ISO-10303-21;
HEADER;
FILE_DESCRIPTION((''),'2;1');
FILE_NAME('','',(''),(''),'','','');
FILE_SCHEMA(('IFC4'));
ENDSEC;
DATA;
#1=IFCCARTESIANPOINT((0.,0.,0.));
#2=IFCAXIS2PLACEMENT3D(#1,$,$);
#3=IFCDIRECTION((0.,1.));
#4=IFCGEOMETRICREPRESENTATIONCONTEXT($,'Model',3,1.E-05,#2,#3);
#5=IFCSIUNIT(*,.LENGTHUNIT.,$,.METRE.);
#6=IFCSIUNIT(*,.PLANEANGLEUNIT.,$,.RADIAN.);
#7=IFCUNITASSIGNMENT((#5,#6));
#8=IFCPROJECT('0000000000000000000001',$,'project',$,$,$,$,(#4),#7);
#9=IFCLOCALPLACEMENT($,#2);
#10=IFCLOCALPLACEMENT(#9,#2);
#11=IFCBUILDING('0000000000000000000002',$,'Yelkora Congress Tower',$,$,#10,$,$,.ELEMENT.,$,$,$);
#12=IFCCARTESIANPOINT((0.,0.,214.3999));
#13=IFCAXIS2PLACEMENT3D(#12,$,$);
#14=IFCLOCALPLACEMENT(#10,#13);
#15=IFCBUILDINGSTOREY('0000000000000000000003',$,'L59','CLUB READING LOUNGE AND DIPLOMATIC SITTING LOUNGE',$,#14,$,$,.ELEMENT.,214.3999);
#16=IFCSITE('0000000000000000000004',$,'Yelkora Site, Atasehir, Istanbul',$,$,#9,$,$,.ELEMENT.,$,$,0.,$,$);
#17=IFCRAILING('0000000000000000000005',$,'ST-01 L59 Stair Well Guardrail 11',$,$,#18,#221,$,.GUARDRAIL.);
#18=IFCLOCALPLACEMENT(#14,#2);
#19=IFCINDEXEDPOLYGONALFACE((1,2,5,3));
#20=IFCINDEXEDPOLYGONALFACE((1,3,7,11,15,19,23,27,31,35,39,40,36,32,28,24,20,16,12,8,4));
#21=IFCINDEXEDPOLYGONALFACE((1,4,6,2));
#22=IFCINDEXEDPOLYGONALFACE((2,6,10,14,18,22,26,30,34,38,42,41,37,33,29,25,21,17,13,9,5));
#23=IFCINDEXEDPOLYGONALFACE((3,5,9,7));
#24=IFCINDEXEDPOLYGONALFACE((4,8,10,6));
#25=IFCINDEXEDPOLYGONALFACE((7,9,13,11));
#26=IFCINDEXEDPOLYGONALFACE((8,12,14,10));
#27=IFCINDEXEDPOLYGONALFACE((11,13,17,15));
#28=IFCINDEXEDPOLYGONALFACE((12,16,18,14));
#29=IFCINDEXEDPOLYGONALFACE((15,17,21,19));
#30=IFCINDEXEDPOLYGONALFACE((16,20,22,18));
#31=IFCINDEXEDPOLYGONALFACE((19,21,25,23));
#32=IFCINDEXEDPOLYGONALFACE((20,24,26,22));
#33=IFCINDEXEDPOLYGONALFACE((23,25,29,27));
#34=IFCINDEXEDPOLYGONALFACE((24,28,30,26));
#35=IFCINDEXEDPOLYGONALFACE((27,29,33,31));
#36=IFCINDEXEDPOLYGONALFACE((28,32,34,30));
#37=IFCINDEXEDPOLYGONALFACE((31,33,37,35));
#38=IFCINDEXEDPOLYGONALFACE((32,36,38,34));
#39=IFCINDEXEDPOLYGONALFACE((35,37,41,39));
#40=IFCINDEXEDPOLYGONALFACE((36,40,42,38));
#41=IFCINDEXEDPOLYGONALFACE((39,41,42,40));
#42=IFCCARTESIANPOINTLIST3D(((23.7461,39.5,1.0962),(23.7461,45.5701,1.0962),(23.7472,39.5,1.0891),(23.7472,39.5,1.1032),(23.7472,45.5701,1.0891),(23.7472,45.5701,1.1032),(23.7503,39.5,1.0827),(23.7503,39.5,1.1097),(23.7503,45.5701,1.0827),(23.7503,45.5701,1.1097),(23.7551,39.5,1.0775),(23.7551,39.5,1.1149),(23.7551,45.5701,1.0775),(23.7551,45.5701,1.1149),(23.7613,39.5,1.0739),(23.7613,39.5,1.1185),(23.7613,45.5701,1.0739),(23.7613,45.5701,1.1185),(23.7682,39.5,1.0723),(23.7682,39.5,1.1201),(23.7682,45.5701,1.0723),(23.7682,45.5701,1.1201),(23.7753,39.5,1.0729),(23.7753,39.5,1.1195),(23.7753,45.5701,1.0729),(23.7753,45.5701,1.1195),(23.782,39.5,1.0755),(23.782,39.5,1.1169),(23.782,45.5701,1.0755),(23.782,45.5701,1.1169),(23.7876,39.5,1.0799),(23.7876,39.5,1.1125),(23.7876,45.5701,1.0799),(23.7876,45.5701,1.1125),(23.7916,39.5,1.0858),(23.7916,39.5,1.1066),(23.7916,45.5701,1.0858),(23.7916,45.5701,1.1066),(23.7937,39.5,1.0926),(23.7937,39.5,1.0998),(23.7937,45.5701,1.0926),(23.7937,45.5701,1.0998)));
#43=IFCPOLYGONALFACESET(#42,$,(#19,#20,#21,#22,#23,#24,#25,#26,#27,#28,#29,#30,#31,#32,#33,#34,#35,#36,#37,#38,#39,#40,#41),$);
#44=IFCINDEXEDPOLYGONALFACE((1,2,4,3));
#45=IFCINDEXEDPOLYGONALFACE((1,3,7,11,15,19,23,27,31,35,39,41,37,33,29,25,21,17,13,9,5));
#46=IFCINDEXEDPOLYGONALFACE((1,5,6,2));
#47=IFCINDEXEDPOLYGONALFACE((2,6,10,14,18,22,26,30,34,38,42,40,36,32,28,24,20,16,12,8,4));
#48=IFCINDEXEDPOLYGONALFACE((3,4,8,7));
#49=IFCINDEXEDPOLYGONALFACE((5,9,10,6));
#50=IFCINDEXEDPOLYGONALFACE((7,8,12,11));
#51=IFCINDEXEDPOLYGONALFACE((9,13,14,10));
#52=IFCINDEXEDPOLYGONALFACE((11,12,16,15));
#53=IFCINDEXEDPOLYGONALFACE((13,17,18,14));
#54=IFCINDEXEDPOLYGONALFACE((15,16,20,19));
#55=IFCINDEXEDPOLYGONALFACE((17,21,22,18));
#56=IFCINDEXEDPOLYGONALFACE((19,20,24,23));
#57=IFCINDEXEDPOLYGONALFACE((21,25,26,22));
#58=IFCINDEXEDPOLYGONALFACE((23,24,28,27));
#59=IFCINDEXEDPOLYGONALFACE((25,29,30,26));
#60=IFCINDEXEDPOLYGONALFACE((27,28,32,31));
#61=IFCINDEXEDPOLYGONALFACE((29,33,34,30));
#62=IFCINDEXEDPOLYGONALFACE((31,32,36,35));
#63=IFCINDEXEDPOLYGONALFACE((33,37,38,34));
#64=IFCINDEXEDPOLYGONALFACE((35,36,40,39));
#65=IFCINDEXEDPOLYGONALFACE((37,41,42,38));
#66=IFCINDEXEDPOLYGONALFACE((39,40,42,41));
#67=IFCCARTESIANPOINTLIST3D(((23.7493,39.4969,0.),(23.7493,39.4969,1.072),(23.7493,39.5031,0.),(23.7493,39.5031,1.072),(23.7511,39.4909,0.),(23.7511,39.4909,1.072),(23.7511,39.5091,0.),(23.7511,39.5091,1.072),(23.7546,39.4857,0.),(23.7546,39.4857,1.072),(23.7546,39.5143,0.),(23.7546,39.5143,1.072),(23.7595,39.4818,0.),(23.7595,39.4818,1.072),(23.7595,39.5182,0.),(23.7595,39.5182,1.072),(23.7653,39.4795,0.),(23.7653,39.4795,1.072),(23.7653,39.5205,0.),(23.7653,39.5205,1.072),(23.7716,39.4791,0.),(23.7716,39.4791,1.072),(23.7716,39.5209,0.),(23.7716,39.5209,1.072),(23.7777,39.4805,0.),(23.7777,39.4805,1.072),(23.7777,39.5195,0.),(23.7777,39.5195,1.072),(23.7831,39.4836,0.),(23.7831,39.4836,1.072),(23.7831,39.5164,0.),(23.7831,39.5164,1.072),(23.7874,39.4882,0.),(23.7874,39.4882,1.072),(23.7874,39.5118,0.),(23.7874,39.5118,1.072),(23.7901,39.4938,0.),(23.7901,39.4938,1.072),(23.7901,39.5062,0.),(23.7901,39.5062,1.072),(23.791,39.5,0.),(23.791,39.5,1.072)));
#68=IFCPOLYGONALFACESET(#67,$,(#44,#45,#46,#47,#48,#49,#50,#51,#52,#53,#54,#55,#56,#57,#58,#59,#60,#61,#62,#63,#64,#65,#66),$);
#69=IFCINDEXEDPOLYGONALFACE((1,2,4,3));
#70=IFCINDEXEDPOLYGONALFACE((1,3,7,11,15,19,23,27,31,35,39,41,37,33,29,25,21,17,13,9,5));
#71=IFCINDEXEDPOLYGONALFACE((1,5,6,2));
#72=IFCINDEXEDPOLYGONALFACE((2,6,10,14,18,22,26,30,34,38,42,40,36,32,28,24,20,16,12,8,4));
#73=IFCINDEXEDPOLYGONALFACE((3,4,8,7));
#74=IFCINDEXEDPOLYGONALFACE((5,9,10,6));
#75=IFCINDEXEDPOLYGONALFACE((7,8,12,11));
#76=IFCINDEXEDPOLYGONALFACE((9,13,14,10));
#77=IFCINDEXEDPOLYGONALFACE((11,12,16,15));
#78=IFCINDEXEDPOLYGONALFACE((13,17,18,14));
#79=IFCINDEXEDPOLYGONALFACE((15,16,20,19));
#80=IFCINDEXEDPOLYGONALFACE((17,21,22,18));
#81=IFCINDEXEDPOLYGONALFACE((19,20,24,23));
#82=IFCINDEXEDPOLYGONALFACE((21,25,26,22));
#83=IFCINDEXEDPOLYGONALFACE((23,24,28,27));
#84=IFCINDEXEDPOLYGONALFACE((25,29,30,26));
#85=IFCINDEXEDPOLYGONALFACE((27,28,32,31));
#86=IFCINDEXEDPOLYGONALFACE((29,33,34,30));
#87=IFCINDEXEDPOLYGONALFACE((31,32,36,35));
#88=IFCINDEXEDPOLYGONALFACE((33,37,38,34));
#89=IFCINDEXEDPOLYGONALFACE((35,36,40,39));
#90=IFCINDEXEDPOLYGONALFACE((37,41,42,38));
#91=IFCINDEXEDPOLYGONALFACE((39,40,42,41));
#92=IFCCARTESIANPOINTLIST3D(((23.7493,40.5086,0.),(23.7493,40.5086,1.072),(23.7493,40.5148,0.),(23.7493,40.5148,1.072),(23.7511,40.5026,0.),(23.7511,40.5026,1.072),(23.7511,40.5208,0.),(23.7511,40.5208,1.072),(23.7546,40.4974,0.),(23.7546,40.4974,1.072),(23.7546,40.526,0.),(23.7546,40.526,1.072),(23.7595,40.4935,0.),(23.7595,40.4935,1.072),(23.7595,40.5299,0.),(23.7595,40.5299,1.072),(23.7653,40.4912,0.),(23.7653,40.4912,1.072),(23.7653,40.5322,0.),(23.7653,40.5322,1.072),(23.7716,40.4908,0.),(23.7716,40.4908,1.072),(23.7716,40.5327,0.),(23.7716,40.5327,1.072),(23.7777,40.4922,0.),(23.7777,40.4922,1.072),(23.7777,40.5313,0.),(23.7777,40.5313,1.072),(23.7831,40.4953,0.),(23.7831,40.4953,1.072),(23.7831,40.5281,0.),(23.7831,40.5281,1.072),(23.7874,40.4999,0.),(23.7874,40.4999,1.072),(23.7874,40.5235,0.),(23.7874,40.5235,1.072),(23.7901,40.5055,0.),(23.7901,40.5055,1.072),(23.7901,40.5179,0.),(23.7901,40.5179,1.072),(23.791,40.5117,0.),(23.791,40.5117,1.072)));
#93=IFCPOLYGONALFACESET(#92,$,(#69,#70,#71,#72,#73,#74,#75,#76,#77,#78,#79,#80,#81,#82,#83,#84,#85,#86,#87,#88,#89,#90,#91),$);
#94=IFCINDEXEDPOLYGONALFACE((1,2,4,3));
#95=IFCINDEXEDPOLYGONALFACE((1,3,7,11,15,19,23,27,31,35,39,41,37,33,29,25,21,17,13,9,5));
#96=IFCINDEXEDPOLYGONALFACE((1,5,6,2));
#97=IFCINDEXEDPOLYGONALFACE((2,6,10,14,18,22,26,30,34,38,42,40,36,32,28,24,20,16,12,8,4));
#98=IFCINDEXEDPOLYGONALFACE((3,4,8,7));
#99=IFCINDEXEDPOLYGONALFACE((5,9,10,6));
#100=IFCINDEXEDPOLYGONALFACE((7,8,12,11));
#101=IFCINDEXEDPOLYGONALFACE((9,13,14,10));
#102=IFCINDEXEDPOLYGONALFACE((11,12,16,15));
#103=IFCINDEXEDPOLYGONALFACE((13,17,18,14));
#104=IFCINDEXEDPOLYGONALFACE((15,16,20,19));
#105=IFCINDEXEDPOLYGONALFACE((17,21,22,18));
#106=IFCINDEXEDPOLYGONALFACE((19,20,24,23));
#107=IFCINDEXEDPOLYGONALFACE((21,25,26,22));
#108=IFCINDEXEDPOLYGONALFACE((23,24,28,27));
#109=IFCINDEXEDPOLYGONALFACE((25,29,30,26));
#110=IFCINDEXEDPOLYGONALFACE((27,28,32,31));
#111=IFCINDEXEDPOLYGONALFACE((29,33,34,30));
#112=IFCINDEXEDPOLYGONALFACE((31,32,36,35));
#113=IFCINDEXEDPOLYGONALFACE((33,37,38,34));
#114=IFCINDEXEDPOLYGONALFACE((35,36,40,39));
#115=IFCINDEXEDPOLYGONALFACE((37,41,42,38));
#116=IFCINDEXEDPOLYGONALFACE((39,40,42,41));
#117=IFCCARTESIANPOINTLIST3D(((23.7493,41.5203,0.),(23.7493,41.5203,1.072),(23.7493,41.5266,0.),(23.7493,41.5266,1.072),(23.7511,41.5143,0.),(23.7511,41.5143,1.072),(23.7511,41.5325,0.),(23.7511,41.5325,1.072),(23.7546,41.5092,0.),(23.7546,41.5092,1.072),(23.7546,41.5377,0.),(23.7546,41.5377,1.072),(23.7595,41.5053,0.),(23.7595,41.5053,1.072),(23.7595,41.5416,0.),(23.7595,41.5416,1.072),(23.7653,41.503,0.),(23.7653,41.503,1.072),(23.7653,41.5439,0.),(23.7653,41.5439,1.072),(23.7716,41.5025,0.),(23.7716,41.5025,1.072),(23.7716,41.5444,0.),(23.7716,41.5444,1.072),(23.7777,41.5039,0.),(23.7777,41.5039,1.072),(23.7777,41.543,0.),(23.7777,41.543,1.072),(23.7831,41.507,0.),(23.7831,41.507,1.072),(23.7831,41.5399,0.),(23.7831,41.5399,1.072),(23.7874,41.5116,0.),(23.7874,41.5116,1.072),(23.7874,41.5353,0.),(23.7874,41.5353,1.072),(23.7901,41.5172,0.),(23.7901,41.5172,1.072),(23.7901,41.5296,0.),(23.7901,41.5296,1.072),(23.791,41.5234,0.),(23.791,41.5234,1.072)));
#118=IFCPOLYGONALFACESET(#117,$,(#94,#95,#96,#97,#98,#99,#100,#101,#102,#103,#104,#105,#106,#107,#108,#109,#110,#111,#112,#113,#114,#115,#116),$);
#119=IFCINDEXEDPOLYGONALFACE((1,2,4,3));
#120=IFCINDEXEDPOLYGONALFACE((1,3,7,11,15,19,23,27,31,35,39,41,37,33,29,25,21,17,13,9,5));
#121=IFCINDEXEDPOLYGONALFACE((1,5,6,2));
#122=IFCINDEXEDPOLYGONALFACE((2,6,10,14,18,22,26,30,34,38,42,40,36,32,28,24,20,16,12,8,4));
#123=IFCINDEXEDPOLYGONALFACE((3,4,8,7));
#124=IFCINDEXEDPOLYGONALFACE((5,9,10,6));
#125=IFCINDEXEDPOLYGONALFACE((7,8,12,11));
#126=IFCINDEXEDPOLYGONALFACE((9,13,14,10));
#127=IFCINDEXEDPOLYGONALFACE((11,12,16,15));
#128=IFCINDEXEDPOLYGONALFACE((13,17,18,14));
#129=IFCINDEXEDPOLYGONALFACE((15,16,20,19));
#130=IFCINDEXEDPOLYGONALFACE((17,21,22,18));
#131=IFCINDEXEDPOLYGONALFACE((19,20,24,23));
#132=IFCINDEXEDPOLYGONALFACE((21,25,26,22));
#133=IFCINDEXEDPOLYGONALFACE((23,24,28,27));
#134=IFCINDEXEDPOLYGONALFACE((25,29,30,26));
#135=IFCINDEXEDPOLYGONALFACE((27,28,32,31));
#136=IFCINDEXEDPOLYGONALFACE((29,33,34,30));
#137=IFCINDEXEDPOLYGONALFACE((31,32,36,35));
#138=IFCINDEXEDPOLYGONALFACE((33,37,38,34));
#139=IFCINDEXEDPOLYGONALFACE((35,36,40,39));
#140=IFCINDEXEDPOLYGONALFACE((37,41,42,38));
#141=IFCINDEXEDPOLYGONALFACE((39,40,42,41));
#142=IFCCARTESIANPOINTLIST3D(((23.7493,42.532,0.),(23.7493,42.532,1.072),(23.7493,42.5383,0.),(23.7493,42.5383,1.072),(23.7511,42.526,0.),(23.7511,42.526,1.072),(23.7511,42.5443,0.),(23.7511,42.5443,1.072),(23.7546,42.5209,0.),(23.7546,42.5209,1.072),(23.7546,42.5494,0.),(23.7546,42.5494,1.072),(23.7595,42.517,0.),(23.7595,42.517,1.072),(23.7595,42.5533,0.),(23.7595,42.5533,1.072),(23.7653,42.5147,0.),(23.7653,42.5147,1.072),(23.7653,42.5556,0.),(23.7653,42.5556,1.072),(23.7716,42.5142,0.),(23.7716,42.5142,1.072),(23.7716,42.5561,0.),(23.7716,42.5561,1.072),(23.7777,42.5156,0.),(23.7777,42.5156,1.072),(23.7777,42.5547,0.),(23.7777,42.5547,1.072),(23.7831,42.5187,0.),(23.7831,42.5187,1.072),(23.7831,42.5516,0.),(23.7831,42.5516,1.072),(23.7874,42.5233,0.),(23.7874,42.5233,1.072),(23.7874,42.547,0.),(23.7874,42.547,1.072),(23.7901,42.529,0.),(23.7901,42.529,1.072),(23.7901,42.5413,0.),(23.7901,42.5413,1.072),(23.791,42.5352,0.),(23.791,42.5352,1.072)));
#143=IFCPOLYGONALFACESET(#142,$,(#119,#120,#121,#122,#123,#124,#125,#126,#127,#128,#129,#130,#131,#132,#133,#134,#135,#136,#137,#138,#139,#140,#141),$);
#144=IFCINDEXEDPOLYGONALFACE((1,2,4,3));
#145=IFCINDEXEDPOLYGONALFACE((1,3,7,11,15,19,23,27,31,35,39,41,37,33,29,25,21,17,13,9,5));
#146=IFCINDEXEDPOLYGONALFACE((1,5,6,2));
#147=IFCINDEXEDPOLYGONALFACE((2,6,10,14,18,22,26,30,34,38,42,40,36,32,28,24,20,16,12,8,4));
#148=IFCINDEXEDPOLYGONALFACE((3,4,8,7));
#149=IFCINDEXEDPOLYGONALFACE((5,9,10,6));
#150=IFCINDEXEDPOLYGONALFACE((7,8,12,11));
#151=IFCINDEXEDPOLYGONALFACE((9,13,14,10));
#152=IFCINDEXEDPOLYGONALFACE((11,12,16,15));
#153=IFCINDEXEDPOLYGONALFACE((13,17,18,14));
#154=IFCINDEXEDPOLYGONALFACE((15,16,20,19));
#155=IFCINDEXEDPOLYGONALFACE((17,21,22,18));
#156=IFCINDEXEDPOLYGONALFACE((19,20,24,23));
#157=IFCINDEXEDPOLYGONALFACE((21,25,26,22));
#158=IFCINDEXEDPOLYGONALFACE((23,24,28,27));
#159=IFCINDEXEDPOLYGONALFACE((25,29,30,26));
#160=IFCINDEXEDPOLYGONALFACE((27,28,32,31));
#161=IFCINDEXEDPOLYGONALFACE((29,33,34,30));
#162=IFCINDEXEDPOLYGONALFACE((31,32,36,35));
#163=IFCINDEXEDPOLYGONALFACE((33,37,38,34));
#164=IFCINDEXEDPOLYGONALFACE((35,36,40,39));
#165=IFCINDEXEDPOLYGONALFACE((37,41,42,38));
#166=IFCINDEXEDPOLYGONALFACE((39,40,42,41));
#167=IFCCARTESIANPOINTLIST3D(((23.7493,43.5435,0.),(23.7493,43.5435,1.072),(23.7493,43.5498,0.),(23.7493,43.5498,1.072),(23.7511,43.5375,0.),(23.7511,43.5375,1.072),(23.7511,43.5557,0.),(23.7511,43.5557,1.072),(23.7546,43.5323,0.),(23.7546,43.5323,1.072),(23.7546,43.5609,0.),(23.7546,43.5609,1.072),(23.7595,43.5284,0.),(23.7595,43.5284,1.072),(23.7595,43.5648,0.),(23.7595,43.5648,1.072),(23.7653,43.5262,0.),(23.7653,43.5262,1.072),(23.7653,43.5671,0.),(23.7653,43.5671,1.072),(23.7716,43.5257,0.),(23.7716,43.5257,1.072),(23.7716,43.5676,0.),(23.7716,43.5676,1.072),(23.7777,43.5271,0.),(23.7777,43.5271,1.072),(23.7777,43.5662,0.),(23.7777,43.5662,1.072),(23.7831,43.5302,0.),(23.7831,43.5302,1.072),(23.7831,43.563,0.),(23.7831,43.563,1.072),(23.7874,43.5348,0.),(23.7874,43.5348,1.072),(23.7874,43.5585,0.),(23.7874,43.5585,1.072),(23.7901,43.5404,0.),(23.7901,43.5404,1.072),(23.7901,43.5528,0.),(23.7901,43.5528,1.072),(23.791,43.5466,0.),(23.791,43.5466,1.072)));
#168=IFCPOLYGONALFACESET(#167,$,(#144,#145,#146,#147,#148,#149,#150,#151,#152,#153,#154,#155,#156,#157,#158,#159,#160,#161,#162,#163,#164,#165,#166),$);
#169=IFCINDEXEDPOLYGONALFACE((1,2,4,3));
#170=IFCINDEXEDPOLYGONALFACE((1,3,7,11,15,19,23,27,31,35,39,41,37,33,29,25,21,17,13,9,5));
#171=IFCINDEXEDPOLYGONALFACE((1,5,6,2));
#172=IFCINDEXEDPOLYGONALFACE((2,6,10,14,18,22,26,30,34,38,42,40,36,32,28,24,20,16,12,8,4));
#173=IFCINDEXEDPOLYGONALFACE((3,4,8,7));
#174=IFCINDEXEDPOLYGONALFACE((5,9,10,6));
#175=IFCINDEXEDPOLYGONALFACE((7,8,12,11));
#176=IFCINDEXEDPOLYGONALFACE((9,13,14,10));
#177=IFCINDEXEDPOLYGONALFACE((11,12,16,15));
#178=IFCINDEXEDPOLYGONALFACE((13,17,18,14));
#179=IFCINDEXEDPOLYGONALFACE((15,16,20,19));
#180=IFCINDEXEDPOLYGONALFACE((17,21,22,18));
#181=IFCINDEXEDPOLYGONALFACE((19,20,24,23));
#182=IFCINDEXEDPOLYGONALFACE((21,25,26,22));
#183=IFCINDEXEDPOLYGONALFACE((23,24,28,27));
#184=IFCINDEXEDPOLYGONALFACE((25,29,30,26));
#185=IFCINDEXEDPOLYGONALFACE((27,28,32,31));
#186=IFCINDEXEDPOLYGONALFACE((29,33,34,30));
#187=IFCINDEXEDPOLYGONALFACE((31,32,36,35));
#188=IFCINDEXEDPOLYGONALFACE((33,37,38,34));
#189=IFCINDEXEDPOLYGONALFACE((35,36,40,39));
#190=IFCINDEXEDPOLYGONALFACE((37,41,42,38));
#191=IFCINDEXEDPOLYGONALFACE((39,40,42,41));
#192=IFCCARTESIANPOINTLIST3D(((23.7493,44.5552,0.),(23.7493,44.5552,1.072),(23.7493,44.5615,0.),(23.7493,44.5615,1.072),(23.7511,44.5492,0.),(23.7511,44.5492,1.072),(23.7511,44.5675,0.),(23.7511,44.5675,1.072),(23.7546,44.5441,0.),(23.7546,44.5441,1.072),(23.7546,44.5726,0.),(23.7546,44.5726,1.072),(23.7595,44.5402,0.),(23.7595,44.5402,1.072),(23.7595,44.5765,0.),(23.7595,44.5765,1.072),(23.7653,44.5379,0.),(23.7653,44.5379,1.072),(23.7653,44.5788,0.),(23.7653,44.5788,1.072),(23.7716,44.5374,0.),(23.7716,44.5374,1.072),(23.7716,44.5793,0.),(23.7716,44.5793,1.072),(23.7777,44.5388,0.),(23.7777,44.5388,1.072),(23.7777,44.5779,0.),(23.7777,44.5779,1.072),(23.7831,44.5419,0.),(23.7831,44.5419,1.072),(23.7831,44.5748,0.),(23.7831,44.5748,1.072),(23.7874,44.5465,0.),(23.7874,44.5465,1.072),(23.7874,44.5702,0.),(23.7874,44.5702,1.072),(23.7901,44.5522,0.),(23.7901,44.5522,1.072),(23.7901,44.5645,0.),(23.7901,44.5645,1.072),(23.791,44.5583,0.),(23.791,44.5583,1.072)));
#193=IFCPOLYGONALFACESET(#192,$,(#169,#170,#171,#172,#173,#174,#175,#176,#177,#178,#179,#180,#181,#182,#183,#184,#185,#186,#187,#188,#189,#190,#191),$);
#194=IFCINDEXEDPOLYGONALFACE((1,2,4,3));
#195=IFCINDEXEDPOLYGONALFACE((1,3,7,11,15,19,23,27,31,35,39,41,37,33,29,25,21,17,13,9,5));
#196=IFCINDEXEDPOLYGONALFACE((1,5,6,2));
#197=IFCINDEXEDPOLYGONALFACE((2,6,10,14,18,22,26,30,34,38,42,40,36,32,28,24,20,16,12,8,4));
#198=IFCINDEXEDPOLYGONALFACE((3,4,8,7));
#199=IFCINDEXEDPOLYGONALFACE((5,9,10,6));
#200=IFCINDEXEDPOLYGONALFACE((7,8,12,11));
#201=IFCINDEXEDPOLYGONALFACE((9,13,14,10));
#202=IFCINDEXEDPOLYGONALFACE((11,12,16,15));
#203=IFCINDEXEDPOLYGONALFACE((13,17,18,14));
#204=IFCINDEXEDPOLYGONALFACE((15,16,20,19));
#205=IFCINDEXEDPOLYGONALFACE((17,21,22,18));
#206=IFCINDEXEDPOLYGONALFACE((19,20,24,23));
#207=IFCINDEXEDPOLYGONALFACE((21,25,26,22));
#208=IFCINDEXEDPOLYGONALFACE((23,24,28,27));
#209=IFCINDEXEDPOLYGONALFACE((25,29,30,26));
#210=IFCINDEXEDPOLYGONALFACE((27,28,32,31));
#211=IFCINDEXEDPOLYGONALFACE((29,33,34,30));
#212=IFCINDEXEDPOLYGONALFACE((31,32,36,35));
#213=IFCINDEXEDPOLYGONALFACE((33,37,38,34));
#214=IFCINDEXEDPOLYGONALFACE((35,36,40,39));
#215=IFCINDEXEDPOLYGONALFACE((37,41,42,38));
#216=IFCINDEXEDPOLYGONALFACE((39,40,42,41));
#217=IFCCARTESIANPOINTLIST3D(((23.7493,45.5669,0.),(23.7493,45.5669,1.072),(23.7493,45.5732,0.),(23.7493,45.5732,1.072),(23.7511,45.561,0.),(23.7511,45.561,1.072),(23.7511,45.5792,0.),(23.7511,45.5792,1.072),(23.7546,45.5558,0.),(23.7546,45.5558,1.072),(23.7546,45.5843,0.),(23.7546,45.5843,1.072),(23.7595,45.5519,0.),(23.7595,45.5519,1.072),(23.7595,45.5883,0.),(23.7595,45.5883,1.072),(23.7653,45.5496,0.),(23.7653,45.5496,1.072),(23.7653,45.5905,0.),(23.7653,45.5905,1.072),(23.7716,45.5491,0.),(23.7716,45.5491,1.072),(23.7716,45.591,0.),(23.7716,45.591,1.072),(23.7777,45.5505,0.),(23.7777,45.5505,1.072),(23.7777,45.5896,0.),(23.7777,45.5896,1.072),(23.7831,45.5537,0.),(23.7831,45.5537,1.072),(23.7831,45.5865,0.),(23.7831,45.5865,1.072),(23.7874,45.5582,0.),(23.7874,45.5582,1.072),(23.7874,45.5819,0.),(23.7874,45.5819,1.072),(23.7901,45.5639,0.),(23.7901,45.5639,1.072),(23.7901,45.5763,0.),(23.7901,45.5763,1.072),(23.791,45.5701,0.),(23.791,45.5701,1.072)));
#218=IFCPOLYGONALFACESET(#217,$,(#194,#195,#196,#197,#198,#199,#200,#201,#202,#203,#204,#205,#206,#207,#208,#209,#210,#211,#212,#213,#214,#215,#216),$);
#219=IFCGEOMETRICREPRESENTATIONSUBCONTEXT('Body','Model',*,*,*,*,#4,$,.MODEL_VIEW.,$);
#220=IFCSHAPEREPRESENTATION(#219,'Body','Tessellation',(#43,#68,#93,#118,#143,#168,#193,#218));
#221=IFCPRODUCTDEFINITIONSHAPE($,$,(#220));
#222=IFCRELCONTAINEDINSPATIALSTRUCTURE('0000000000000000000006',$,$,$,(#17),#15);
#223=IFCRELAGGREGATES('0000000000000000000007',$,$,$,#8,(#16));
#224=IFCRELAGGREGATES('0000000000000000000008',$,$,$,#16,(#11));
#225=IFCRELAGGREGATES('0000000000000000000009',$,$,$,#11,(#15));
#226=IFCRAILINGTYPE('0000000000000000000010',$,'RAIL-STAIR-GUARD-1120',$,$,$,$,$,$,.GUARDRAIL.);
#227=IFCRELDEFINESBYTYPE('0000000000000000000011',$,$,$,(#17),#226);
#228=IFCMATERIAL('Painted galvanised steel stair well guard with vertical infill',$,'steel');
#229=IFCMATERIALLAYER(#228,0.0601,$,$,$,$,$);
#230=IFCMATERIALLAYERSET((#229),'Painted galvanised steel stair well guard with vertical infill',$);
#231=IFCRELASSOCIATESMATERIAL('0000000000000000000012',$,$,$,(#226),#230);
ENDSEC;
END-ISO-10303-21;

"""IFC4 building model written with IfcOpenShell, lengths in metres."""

from ifc_helpers import new_model, si_unit, direction, frame, origin, origin_2d, place, context, subcontext, project, spatial, circle, extrude, material, layer, layer_set, type_object, element, save


model = new_model("IFC4")

# Units and contexts
model_context = context("Model", 3, precision=1e-05, world=origin(), true_north=direction((0.0, 1.0)))
body_context = subcontext(model_context, "Body", "Model", "MODEL_VIEW")
ifc_project = project(units=[si_unit("LENGTHUNIT", "METRE"), si_unit("PLANEANGLEUNIT", "RADIAN")], contexts=[model_context])

# Site, building, storey
site_placement = place(None, origin())
site = spatial("IfcSite", under=ifc_project, at=site_placement, Name="Yelkora Site, Atasehir, Istanbul", CompositionType="ELEMENT", RefElevation=0.0)
building_placement = place(site_placement, origin())
building = spatial("IfcBuilding", under=site, at=building_placement, Name="Yelkora Congress Tower", CompositionType="ELEMENT")
storey_placement = place(building_placement, frame((0.0, 0.0, 214.3999)))
storey = spatial("IfcBuildingStorey", under=building, at=storey_placement, Name="L59", Description="CLUB READING LOUNGE AND DIPLOMATIC SITTING LOUNGE", CompositionType="ELEMENT", Elevation=214.3999)

# Railing
ifc_material_1 = material(Name="Painted galvanised steel stair well guard with vertical infill", Category="steel")
ifc_layer_1 = layer(ifc_material_1, 0.0601)
ifc_layer_set_1 = layer_set([ifc_layer_1], Name="Painted galvanised steel stair well guard with vertical infill")
railing_type_1 = type_object("IfcRailingType", Name="RAIL-STAIR-GUARD-1120", PredefinedType="GUARDRAIL", material=ifc_layer_set_1)
railing_1_placement = place(storey_placement, frame((23.77, 39.5, 0.0)))
element("IfcRailing", 1, at=railing_1_placement, inside=storey, type_object=railing_type_1, Name="ST-01 L59 Stair Well Guardrail 11", PredefinedType="GUARDRAIL", context=body_context, shape_type="SweptSolid", body=[
    extrude(circle(Radius=0.0239, at=origin_2d()), frame((0.0, 0.0, 1.0962), z_axis=(0.0, 1.0, 0.0), x_axis=(-1.0, 0.0, 0.0)), (0.0, 0.0, 1.0), 6.0701),
    extrude(circle(Radius=0.021, at=origin_2d()), origin(), (0.0, 0.0, 1.0), 1.072),
    extrude(circle(Radius=0.021, at=origin_2d()), frame((0.0, 1.0117, 0.0)), (0.0, 0.0, 1.0), 1.072),
    extrude(circle(Radius=0.021, at=origin_2d()), frame((0.0, 2.0234, 0.0)), (0.0, 0.0, 1.0), 1.072),
    extrude(circle(Radius=0.021, at=origin_2d()), frame((0.0, 3.0352, 0.0)), (0.0, 0.0, 1.0), 1.072),
    extrude(circle(Radius=0.021, at=origin_2d()), frame((0.0, 4.0466, 0.0)), (0.0, 0.0, 1.0), 1.072),
    extrude(circle(Radius=0.021, at=origin_2d()), frame((0.0, 5.0583, 0.0)), (0.0, 0.0, 1.0), 1.072),
    extrude(circle(Radius=0.021, at=origin_2d()), frame((0.0, 6.0701, 0.0)), (0.0, 0.0, 1.0), 1.072),
])

save(model, "model.ifc")
